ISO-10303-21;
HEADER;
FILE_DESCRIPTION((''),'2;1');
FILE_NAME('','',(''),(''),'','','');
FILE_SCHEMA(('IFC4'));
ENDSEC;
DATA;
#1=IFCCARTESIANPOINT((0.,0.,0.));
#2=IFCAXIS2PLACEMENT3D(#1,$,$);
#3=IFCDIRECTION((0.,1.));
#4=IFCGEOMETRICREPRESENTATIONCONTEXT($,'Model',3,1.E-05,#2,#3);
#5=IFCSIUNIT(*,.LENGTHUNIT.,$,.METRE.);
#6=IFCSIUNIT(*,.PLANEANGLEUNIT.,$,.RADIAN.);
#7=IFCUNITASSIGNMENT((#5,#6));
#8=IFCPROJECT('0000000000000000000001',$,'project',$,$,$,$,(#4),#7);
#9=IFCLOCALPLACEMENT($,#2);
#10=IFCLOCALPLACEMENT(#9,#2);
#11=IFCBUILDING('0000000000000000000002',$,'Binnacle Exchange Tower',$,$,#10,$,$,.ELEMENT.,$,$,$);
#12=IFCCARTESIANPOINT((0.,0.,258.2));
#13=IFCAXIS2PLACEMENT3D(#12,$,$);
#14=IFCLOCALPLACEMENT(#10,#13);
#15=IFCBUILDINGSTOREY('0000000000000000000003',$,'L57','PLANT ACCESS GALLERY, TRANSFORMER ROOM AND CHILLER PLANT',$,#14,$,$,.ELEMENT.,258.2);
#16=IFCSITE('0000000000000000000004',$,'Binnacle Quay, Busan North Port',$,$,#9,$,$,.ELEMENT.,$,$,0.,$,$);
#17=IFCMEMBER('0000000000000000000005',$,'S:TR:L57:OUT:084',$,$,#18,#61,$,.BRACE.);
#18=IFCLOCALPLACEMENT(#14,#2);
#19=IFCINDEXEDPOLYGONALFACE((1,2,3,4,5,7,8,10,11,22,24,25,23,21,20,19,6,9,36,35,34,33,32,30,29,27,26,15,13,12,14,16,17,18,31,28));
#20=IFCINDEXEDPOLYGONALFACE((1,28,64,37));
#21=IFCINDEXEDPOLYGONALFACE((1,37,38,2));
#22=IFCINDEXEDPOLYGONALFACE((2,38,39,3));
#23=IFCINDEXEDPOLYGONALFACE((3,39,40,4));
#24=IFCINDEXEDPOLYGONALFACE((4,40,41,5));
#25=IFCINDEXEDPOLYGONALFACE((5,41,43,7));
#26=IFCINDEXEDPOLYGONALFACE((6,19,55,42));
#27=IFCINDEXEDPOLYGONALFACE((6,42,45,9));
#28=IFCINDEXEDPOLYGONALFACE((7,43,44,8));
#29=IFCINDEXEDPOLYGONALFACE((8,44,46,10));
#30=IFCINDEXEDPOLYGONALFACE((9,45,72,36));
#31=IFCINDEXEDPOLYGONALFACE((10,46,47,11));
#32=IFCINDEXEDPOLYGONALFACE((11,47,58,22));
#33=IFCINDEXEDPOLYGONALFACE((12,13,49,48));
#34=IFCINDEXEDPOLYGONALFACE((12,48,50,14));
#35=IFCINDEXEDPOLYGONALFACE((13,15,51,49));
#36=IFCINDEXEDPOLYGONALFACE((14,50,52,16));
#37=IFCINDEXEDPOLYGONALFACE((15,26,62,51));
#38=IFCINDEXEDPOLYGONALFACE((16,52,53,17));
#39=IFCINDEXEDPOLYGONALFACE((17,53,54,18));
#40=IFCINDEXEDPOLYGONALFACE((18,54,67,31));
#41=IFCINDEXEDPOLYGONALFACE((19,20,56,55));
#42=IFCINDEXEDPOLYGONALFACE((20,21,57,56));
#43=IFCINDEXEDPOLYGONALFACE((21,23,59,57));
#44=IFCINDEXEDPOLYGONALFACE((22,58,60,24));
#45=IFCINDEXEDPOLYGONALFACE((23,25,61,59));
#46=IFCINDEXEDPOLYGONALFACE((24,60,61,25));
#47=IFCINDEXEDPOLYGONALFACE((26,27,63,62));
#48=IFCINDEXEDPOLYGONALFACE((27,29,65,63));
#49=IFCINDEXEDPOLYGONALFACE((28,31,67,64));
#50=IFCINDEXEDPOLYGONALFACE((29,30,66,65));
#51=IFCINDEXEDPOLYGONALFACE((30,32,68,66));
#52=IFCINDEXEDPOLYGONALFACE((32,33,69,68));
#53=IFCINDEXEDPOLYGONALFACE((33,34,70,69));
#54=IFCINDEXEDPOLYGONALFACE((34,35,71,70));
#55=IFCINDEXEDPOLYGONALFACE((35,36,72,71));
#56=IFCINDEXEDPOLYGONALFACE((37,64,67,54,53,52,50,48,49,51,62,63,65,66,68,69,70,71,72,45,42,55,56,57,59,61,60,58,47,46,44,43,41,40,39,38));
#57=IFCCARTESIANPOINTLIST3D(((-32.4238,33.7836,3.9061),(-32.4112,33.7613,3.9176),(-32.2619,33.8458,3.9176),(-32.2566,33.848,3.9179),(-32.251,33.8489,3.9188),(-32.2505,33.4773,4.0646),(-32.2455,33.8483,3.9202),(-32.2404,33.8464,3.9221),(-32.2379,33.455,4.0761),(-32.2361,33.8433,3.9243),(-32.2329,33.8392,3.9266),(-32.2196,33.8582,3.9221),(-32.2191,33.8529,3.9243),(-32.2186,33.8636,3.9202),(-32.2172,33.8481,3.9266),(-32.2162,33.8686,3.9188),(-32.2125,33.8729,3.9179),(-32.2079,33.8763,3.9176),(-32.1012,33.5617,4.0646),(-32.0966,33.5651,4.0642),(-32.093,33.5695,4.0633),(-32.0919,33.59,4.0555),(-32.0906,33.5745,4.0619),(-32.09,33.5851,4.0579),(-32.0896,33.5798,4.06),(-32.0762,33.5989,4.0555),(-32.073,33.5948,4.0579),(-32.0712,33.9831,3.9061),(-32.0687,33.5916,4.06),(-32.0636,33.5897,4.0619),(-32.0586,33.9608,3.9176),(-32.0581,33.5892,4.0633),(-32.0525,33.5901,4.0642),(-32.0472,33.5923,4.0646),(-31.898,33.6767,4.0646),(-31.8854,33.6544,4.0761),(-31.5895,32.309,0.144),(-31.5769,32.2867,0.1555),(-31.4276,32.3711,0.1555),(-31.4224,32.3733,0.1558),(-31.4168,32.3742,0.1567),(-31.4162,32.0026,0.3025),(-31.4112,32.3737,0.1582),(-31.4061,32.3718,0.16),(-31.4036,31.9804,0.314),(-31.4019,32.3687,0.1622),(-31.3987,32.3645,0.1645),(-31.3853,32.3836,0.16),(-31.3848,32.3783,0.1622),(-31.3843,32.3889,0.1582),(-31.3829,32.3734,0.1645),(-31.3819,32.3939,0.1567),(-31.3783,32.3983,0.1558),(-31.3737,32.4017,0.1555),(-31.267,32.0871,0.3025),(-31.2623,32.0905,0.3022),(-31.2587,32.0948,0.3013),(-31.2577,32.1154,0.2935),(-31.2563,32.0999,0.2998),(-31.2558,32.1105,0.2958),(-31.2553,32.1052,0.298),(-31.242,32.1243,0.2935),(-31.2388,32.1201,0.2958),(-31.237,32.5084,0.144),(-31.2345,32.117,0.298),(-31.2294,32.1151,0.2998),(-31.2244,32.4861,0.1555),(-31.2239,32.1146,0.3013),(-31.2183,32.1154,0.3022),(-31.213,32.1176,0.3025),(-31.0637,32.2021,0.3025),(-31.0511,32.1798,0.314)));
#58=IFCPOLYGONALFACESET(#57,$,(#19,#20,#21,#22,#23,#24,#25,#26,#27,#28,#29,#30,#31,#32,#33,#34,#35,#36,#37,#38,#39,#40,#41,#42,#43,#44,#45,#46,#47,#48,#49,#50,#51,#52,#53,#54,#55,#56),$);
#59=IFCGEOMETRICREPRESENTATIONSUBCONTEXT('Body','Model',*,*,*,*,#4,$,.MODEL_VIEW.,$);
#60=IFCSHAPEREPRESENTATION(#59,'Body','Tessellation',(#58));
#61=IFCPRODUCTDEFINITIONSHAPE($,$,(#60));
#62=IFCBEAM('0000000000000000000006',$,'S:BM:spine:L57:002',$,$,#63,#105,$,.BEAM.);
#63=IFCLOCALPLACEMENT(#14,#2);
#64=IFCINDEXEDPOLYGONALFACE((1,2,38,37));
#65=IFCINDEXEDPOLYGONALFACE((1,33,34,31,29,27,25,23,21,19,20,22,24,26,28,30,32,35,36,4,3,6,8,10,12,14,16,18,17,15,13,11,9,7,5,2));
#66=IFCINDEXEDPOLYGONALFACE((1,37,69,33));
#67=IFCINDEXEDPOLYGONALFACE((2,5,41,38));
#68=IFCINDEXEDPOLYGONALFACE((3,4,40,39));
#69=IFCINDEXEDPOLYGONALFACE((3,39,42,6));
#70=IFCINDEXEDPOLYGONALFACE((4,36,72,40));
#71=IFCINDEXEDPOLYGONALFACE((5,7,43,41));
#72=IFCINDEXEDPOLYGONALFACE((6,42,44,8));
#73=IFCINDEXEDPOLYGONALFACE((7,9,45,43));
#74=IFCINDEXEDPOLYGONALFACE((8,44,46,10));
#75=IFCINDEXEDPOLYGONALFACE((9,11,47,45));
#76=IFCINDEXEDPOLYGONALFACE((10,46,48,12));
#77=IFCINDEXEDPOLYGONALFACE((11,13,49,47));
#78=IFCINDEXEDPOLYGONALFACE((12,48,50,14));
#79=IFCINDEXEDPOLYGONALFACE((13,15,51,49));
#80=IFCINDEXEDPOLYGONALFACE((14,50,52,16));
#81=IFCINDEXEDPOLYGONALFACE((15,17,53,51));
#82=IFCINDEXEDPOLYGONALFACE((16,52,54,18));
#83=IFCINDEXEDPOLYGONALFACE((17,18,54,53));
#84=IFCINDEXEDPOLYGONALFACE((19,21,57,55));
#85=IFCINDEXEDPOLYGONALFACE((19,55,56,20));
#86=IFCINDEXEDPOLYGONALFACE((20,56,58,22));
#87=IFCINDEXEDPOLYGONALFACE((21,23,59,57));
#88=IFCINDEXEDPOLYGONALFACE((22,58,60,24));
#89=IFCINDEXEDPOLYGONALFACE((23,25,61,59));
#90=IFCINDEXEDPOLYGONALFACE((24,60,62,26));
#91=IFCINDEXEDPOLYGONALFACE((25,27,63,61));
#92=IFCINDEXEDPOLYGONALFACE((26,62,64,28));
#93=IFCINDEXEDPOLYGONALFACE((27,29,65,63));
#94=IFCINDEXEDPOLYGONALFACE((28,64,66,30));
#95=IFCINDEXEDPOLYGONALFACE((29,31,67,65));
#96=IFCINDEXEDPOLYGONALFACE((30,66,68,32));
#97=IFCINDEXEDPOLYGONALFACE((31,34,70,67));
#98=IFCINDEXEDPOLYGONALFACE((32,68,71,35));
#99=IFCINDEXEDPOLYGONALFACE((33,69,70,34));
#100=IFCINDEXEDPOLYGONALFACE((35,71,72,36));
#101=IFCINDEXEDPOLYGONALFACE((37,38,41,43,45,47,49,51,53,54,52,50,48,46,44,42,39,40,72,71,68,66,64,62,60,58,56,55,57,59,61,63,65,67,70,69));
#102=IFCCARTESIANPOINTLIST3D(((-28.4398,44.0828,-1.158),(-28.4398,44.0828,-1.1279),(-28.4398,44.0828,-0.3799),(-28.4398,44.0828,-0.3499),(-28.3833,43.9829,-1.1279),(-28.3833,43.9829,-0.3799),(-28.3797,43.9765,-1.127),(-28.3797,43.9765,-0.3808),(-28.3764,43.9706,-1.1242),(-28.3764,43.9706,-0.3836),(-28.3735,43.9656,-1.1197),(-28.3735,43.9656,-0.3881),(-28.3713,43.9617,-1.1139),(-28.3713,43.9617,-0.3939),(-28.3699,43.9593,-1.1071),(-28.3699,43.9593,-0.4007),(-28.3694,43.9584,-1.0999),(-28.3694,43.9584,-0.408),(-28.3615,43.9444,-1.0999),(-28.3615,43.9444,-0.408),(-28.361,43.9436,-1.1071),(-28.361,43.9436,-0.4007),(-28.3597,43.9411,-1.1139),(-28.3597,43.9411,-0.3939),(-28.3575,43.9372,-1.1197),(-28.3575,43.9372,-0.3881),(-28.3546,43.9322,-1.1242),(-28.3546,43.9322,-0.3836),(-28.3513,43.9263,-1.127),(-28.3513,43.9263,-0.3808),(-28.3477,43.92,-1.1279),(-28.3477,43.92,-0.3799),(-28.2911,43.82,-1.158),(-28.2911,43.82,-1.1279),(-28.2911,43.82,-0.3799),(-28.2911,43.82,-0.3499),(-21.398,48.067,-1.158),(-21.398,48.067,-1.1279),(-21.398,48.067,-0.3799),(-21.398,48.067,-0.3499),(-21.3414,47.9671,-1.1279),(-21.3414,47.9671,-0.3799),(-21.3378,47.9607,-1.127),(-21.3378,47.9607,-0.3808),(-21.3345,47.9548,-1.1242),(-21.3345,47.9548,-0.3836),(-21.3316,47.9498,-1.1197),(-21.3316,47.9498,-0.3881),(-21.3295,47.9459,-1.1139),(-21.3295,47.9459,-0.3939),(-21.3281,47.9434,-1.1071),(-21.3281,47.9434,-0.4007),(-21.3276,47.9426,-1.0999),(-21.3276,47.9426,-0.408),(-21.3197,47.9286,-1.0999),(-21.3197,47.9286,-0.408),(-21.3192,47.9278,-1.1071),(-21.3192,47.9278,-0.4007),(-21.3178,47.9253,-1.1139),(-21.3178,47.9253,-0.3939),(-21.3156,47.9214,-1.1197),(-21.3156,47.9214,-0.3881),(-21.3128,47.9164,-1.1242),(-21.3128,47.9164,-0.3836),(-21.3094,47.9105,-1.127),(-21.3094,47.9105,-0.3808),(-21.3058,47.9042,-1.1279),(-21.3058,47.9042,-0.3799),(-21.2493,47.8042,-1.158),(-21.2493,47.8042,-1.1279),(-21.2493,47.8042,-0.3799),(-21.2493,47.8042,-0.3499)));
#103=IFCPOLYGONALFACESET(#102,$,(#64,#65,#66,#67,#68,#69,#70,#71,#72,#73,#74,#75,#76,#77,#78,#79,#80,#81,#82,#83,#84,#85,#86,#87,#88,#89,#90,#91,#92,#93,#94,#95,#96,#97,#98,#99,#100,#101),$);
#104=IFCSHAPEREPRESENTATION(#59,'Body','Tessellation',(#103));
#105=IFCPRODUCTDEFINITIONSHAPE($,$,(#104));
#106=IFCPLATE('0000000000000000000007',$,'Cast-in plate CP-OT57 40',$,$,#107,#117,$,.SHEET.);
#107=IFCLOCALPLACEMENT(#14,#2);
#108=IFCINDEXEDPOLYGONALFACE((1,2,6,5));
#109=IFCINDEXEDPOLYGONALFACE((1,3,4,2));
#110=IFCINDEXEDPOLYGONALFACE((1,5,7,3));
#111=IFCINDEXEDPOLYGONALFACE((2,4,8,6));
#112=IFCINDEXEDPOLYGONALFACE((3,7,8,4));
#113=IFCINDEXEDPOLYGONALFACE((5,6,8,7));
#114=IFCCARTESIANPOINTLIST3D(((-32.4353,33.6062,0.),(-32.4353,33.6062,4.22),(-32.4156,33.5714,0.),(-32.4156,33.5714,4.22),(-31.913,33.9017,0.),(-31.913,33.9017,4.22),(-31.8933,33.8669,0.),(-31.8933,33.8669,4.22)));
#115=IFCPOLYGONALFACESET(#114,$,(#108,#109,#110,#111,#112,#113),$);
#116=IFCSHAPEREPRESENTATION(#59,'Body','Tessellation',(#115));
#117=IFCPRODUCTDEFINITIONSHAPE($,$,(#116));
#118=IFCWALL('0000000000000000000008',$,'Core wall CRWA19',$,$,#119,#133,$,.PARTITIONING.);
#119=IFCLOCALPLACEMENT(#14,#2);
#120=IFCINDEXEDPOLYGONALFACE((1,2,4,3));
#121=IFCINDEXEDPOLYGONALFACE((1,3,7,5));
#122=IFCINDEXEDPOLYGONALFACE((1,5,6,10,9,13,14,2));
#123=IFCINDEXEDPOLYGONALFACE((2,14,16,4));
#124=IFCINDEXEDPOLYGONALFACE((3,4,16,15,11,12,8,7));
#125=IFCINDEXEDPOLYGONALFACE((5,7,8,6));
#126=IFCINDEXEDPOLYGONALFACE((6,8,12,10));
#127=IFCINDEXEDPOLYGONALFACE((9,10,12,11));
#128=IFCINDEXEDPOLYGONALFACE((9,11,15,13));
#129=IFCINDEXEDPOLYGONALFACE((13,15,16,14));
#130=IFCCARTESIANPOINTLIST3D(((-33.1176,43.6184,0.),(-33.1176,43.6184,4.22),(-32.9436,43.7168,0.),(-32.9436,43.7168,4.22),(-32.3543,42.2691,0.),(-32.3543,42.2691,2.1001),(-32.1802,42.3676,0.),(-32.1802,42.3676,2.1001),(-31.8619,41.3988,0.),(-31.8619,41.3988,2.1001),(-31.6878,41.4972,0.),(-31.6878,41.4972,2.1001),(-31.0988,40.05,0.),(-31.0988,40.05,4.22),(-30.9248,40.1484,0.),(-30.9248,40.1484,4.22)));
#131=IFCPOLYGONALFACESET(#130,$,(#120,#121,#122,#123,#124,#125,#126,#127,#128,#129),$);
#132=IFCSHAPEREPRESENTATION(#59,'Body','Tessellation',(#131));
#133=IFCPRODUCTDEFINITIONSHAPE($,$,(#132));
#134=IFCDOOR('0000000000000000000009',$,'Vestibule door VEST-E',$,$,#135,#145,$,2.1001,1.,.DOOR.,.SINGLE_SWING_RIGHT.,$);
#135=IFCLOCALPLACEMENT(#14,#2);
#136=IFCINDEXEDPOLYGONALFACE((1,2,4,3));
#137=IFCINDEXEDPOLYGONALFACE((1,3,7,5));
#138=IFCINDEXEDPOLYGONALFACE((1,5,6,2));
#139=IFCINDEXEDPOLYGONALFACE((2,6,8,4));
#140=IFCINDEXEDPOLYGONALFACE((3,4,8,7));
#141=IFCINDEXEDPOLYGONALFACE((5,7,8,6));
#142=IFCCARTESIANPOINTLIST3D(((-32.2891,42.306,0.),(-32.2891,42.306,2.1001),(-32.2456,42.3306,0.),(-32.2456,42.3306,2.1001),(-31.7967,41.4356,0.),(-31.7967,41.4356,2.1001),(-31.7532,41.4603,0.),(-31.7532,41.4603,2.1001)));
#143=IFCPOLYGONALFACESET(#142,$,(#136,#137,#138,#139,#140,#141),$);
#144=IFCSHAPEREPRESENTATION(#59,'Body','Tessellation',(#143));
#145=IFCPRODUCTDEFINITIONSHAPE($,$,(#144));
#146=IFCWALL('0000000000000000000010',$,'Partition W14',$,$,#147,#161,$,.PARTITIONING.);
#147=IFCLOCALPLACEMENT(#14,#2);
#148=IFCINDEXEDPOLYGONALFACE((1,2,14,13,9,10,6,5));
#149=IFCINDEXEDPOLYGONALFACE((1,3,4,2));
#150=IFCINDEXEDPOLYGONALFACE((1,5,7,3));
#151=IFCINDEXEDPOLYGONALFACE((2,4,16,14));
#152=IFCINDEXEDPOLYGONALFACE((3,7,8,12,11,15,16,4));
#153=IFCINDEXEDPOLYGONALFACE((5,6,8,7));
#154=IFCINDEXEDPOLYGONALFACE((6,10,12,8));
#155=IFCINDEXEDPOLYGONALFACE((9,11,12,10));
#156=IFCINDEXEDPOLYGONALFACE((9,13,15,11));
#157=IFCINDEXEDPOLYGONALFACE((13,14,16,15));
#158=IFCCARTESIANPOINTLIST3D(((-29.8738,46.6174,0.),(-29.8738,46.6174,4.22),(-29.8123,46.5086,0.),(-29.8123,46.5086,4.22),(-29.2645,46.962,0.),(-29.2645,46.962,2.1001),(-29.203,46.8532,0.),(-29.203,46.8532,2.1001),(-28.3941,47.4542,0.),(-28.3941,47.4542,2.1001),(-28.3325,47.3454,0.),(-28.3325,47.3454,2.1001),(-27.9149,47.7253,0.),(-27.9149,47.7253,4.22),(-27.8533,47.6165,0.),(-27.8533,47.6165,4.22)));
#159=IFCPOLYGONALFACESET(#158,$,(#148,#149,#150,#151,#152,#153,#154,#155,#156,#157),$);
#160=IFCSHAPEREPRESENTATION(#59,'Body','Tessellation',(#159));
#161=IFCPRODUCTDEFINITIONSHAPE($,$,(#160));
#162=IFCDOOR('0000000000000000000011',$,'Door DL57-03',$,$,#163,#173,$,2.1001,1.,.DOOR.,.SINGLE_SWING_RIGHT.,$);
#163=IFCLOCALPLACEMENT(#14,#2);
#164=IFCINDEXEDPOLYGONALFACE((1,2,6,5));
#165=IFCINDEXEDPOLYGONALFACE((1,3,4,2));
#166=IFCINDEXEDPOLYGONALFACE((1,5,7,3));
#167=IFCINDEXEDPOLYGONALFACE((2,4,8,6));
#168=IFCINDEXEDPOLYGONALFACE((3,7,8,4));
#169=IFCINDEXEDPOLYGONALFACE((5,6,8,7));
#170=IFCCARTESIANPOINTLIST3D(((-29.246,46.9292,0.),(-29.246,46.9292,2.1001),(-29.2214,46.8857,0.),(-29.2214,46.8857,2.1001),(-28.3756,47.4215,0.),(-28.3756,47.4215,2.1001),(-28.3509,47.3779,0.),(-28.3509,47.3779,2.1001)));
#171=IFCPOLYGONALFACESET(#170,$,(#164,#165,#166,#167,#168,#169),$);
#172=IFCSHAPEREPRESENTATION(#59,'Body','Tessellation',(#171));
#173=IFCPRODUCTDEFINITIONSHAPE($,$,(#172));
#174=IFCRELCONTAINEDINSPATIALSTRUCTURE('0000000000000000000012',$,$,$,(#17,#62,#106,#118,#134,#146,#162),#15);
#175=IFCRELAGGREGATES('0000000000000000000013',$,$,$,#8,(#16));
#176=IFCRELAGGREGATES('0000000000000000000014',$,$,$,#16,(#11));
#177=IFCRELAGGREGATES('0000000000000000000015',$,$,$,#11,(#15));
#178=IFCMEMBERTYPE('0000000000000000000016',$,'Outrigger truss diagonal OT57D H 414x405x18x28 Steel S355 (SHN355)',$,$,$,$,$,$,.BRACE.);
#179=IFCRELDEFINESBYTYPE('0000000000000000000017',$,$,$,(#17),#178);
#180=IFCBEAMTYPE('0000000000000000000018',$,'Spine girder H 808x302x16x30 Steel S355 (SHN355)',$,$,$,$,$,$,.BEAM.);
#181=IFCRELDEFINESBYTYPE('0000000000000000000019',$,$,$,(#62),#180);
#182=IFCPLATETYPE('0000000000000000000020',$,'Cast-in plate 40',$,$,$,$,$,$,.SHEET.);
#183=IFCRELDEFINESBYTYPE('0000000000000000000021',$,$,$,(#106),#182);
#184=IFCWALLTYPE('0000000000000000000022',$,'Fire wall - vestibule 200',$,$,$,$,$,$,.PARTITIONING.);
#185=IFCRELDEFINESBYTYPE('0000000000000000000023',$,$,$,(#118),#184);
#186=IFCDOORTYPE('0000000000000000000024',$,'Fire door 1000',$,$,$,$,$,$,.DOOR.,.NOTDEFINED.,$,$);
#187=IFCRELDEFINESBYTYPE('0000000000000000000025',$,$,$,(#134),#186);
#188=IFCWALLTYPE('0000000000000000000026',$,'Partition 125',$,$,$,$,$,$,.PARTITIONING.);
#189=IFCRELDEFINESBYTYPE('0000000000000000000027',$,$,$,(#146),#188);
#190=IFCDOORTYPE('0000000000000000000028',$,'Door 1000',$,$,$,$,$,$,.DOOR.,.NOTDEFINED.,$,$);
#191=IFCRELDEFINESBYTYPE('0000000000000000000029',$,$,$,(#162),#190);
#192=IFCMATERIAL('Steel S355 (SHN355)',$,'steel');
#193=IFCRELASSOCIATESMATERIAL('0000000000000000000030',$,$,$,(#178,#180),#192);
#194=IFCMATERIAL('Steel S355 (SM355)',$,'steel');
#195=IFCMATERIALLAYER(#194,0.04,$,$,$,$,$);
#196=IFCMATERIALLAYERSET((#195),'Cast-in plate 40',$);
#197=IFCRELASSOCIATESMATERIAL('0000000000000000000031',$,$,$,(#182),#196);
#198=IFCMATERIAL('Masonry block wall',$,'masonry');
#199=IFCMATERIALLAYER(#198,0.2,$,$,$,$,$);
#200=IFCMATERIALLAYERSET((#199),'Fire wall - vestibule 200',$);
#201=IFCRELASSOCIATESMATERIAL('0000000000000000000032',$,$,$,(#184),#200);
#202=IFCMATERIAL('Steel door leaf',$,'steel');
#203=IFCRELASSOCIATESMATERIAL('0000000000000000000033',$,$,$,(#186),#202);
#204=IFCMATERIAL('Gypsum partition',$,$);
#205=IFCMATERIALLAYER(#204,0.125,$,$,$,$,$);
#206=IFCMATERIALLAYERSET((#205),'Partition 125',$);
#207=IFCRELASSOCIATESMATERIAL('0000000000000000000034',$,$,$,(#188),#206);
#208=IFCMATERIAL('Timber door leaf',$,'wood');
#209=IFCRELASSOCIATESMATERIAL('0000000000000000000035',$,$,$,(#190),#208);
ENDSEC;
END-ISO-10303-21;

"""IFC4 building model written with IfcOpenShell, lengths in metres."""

from ifc_helpers import new_model, si_unit, direction, frame, frame_2d, origin, origin_2d, place, context, subcontext, project, spatial, rectangle, i_section, extrude, material, layer, layer_set, material_profile, profile_set, type_object, element, fill, save


model = new_model("IFC4")

# Units and contexts
model_context = context("Model", 3, precision=1e-05, world=origin(), true_north=direction((0.0, 1.0)))
body_context = subcontext(model_context, "Body", "Model", "MODEL_VIEW")
ifc_project = project(units=[si_unit("LENGTHUNIT", "METRE"), si_unit("PLANEANGLEUNIT", "RADIAN")], contexts=[model_context])

# Site, building, storey
site_placement = place(None, origin())
site = spatial("IfcSite", under=ifc_project, at=site_placement, Name="Binnacle Quay, Busan North Port", CompositionType="ELEMENT", RefElevation=0.0)
building_placement = place(site_placement, origin())
building = spatial("IfcBuilding", under=site, at=building_placement, Name="Binnacle Exchange Tower", CompositionType="ELEMENT")
storey_placement = place(building_placement, frame((0.0, 0.0, 258.2)))
storey = spatial("IfcBuildingStorey", under=building, at=storey_placement, Name="L57", Description="PLANT ACCESS GALLERY, TRANSFORMER ROOM AND CHILLER PLANT", CompositionType="ELEMENT", Elevation=258.2)

# Shared definitions
ifc_material_1 = material(Name="Steel S355 (SHN355)", Category="steel")

# Member
ifc_material_profile_1 = material_profile(ifc_material_1, i_section(OverallWidth=0.405, OverallDepth=0.4141, WebThickness=0.0181, FlangeThickness=0.0281, FilletRadius=0.022, at=origin_2d()), Name="H 414x405x18x28")
ifc_profile_set_1 = profile_set([ifc_material_profile_1], Name="Steel S355 (SHN355)")
member_type_1 = type_object("IfcMemberType", Name="Outrigger truss diagonal OT57D H 414x405x18x28 Steel S355 (SHN355)", PredefinedType="BRACE", material=ifc_profile_set_1)
member_1_placement = place(storey_placement, frame((-31.3203, 32.2444, 0.229), z_axis=(-0.202195, 0.357406, 0.911799), x_axis=(-0.870372, -0.492394, 0.0)))
element("IfcMember", 1, at=member_1_placement, inside=storey, type_object=member_type_1, Name="S:TR:L57:OUT:084", PredefinedType="BRACE", context=body_context, shape_type="SweptSolid", body=[
    extrude(i_section(OverallWidth=0.405, OverallDepth=0.4141, WebThickness=0.0181, FlangeThickness=0.0281, FilletRadius=0.022, at=origin_2d()), origin(), (0.0, 0.0, 1.0), 4.126),
])

# Beam
ifc_material_profile_2 = material_profile(ifc_material_1, i_section(OverallWidth=0.302, OverallDepth=0.8081, WebThickness=0.0161, FlangeThickness=0.03, FilletRadius=0.0281, at=origin_2d()), Name="H 808x302x16x30")
ifc_profile_set_2 = profile_set([ifc_material_profile_2], Name="Steel S355 (SHN355)")
beam_type_1 = type_object("IfcBeamType", Name="Spine girder H 808x302x16x30 Steel S355 (SHN355)", PredefinedType="BEAM", material=ifc_profile_set_2)
beam_1_placement = place(storey_placement, frame((-28.3655, 43.9514, -0.7539), z_axis=(0.87035, 0.492433, 0.0), x_axis=(-0.492433, 0.87035, 0.0)))
element("IfcBeam", 2, at=beam_1_placement, inside=storey, type_object=beam_type_1, Name="S:BM:spine:L57:002", PredefinedType="BEAM", context=body_context, shape_type="SweptSolid", body=[
    extrude(i_section(OverallWidth=0.302, OverallDepth=0.8081, WebThickness=0.0161, FlangeThickness=0.03, FilletRadius=0.0281, at=origin_2d()), origin(), (0.0, 0.0, 1.0), 8.0908),
])

# Plate
ifc_material_2 = material(Name="Steel S355 (SM355)", Category="steel")
ifc_layer_1 = layer(ifc_material_2, 0.04)
ifc_layer_set_1 = layer_set([ifc_layer_1], Name="Cast-in plate 40")
plate_type = type_object("IfcPlateType", Name="Cast-in plate 40", PredefinedType="SHEET", material=ifc_layer_set_1)
plate_placement = place(storey_placement, frame((-32.1643, 33.7366, 0.0), z_axis=(0.0, 0.0, 1.0), x_axis=(-0.492424, 0.870356, 0.0)))
element("IfcPlate", 3, at=plate_placement, inside=storey, type_object=plate_type, Name="Cast-in plate CP-OT57 40", PredefinedType="SHEET", context=body_context, shape_type="SweptSolid", body=[
    extrude(rectangle(XDim=0.04, YDim=0.6001, at=origin_2d()), origin(), (0.0, 0.0, 1.0), 4.22),
])

# Walls, openings, doors
ifc_material_3 = material(Name="Masonry block wall", Category="masonry")
ifc_layer_2 = layer(ifc_material_3, 0.2)
ifc_layer_set_2 = layer_set([ifc_layer_2], Name="Fire wall - vestibule 200")
wall_type_1 = type_object("IfcWallType", Name="Fire wall - vestibule 200", PredefinedType="PARTITIONING", material=ifc_layer_set_2)
wall_1_placement = place(storey_placement, frame((-33.0305, 43.6675, 0.0), z_axis=(0.0, 0.0, 1.0), x_axis=(0.492408, -0.870364, 0.0)))
wall_1 = element("IfcWall", 4, at=wall_1_placement, inside=storey, type_object=wall_type_1, Name="Core wall CRWA19", PredefinedType="PARTITIONING", context=body_context, shape_type="SweptSolid", body=[
    extrude(rectangle(XDim=4.0999, YDim=0.2, at=frame_2d((2.0498, 0.0))), origin(), (0.0, 0.0, 1.0), 4.22),
])
opening_1_placement = place(wall_1_placement, frame((1.55, 0.0, 0.0)))
opening_1 = element("IfcOpeningElement", 5, at=opening_1_placement, cuts=wall_1, PredefinedType="OPENING", context=body_context, shape_type="SweptSolid", body=[
    extrude(rectangle(XDim=1.0, YDim=2.1001, at=frame_2d((0.5, 1.05))), frame((0.0, 0.1099, 0.0), z_axis=(0.0, -1.0, 0.0), x_axis=(1.0, 0.0, 0.0)), (0.0, 0.0, 1.0), 0.22),
])
ifc_material_4 = material(Name="Steel door leaf", Category="steel")
door_type_1 = type_object("IfcDoorType", Name="Fire door 1000", OperationType="NOTDEFINED", PredefinedType="DOOR", material=ifc_material_4)
door_1_placement = place(opening_1_placement, origin())
door_1 = element("IfcDoor", 6, at=door_1_placement, inside=storey, type_object=door_type_1, Name="Vestibule door VEST-E", OperationType="SINGLE_SWING_RIGHT", OverallHeight=2.1001, OverallWidth=1.0, PredefinedType="DOOR", context=body_context, shape_type="SweptSolid", body=[
    extrude(rectangle(XDim=1.0, YDim=2.1001, at=frame_2d((0.5, 1.05))), frame((0.0, 0.0249, 0.0), z_axis=(0.0, -1.0, 0.0), x_axis=(1.0, 0.0, 0.0)), (0.0, 0.0, 1.0), 0.05),
])
fill(opening_1, door_1)
ifc_material_5 = material(Name="Gypsum partition")
ifc_layer_3 = layer(ifc_material_5, 0.125)
ifc_layer_set_3 = layer_set([ifc_layer_3], Name="Partition 125")
wall_type_2 = type_object("IfcWallType", Name="Partition 125", PredefinedType="PARTITIONING", material=ifc_layer_set_3)
wall_2_placement = place(storey_placement, frame((-29.843, 46.563, 0.0), z_axis=(0.0, 0.0, 1.0), x_axis=(0.870438, 0.492279, 0.0)))
wall_2 = element("IfcWall", 7, at=wall_2_placement, inside=storey, type_object=wall_type_2, Name="Partition W14", PredefinedType="PARTITIONING", context=body_context, shape_type="SweptSolid", body=[
    extrude(rectangle(XDim=2.2505, YDim=0.125, at=frame_2d((1.1252, 0.0))), origin(), (0.0, 0.0, 1.0), 4.22),
])
opening_2_placement = place(wall_2_placement, frame((0.7, 0.0, 0.0)))
opening_2 = element("IfcOpeningElement", 8, at=opening_2_placement, cuts=wall_2, PredefinedType="OPENING", context=body_context, shape_type="SweptSolid", body=[
    extrude(rectangle(XDim=1.0, YDim=2.1001, at=frame_2d((0.5, 1.05))), frame((0.0, 0.0725, 0.0), z_axis=(0.0, -1.0, 0.0), x_axis=(1.0, 0.0, 0.0)), (0.0, 0.0, 1.0), 0.145),
])
ifc_material_6 = material(Name="Timber door leaf", Category="wood")
door_type_2 = type_object("IfcDoorType", Name="Door 1000", OperationType="NOTDEFINED", PredefinedType="DOOR", material=ifc_material_6)
door_2_placement = place(opening_2_placement, origin())
door_2 = element("IfcDoor", 9, at=door_2_placement, inside=storey, type_object=door_type_2, Name="Door DL57-03", OperationType="SINGLE_SWING_RIGHT", OverallHeight=2.1001, OverallWidth=1.0, PredefinedType="DOOR", context=body_context, shape_type="SweptSolid", body=[
    extrude(rectangle(XDim=1.0, YDim=2.1001, at=frame_2d((0.5, 1.05))), frame((0.0, 0.0249, 0.0), z_axis=(0.0, -1.0, 0.0), x_axis=(1.0, 0.0, 0.0)), (0.0, 0.0, 1.0), 0.05),
])
fill(opening_2, door_2)

save(model, "model.ifc")
